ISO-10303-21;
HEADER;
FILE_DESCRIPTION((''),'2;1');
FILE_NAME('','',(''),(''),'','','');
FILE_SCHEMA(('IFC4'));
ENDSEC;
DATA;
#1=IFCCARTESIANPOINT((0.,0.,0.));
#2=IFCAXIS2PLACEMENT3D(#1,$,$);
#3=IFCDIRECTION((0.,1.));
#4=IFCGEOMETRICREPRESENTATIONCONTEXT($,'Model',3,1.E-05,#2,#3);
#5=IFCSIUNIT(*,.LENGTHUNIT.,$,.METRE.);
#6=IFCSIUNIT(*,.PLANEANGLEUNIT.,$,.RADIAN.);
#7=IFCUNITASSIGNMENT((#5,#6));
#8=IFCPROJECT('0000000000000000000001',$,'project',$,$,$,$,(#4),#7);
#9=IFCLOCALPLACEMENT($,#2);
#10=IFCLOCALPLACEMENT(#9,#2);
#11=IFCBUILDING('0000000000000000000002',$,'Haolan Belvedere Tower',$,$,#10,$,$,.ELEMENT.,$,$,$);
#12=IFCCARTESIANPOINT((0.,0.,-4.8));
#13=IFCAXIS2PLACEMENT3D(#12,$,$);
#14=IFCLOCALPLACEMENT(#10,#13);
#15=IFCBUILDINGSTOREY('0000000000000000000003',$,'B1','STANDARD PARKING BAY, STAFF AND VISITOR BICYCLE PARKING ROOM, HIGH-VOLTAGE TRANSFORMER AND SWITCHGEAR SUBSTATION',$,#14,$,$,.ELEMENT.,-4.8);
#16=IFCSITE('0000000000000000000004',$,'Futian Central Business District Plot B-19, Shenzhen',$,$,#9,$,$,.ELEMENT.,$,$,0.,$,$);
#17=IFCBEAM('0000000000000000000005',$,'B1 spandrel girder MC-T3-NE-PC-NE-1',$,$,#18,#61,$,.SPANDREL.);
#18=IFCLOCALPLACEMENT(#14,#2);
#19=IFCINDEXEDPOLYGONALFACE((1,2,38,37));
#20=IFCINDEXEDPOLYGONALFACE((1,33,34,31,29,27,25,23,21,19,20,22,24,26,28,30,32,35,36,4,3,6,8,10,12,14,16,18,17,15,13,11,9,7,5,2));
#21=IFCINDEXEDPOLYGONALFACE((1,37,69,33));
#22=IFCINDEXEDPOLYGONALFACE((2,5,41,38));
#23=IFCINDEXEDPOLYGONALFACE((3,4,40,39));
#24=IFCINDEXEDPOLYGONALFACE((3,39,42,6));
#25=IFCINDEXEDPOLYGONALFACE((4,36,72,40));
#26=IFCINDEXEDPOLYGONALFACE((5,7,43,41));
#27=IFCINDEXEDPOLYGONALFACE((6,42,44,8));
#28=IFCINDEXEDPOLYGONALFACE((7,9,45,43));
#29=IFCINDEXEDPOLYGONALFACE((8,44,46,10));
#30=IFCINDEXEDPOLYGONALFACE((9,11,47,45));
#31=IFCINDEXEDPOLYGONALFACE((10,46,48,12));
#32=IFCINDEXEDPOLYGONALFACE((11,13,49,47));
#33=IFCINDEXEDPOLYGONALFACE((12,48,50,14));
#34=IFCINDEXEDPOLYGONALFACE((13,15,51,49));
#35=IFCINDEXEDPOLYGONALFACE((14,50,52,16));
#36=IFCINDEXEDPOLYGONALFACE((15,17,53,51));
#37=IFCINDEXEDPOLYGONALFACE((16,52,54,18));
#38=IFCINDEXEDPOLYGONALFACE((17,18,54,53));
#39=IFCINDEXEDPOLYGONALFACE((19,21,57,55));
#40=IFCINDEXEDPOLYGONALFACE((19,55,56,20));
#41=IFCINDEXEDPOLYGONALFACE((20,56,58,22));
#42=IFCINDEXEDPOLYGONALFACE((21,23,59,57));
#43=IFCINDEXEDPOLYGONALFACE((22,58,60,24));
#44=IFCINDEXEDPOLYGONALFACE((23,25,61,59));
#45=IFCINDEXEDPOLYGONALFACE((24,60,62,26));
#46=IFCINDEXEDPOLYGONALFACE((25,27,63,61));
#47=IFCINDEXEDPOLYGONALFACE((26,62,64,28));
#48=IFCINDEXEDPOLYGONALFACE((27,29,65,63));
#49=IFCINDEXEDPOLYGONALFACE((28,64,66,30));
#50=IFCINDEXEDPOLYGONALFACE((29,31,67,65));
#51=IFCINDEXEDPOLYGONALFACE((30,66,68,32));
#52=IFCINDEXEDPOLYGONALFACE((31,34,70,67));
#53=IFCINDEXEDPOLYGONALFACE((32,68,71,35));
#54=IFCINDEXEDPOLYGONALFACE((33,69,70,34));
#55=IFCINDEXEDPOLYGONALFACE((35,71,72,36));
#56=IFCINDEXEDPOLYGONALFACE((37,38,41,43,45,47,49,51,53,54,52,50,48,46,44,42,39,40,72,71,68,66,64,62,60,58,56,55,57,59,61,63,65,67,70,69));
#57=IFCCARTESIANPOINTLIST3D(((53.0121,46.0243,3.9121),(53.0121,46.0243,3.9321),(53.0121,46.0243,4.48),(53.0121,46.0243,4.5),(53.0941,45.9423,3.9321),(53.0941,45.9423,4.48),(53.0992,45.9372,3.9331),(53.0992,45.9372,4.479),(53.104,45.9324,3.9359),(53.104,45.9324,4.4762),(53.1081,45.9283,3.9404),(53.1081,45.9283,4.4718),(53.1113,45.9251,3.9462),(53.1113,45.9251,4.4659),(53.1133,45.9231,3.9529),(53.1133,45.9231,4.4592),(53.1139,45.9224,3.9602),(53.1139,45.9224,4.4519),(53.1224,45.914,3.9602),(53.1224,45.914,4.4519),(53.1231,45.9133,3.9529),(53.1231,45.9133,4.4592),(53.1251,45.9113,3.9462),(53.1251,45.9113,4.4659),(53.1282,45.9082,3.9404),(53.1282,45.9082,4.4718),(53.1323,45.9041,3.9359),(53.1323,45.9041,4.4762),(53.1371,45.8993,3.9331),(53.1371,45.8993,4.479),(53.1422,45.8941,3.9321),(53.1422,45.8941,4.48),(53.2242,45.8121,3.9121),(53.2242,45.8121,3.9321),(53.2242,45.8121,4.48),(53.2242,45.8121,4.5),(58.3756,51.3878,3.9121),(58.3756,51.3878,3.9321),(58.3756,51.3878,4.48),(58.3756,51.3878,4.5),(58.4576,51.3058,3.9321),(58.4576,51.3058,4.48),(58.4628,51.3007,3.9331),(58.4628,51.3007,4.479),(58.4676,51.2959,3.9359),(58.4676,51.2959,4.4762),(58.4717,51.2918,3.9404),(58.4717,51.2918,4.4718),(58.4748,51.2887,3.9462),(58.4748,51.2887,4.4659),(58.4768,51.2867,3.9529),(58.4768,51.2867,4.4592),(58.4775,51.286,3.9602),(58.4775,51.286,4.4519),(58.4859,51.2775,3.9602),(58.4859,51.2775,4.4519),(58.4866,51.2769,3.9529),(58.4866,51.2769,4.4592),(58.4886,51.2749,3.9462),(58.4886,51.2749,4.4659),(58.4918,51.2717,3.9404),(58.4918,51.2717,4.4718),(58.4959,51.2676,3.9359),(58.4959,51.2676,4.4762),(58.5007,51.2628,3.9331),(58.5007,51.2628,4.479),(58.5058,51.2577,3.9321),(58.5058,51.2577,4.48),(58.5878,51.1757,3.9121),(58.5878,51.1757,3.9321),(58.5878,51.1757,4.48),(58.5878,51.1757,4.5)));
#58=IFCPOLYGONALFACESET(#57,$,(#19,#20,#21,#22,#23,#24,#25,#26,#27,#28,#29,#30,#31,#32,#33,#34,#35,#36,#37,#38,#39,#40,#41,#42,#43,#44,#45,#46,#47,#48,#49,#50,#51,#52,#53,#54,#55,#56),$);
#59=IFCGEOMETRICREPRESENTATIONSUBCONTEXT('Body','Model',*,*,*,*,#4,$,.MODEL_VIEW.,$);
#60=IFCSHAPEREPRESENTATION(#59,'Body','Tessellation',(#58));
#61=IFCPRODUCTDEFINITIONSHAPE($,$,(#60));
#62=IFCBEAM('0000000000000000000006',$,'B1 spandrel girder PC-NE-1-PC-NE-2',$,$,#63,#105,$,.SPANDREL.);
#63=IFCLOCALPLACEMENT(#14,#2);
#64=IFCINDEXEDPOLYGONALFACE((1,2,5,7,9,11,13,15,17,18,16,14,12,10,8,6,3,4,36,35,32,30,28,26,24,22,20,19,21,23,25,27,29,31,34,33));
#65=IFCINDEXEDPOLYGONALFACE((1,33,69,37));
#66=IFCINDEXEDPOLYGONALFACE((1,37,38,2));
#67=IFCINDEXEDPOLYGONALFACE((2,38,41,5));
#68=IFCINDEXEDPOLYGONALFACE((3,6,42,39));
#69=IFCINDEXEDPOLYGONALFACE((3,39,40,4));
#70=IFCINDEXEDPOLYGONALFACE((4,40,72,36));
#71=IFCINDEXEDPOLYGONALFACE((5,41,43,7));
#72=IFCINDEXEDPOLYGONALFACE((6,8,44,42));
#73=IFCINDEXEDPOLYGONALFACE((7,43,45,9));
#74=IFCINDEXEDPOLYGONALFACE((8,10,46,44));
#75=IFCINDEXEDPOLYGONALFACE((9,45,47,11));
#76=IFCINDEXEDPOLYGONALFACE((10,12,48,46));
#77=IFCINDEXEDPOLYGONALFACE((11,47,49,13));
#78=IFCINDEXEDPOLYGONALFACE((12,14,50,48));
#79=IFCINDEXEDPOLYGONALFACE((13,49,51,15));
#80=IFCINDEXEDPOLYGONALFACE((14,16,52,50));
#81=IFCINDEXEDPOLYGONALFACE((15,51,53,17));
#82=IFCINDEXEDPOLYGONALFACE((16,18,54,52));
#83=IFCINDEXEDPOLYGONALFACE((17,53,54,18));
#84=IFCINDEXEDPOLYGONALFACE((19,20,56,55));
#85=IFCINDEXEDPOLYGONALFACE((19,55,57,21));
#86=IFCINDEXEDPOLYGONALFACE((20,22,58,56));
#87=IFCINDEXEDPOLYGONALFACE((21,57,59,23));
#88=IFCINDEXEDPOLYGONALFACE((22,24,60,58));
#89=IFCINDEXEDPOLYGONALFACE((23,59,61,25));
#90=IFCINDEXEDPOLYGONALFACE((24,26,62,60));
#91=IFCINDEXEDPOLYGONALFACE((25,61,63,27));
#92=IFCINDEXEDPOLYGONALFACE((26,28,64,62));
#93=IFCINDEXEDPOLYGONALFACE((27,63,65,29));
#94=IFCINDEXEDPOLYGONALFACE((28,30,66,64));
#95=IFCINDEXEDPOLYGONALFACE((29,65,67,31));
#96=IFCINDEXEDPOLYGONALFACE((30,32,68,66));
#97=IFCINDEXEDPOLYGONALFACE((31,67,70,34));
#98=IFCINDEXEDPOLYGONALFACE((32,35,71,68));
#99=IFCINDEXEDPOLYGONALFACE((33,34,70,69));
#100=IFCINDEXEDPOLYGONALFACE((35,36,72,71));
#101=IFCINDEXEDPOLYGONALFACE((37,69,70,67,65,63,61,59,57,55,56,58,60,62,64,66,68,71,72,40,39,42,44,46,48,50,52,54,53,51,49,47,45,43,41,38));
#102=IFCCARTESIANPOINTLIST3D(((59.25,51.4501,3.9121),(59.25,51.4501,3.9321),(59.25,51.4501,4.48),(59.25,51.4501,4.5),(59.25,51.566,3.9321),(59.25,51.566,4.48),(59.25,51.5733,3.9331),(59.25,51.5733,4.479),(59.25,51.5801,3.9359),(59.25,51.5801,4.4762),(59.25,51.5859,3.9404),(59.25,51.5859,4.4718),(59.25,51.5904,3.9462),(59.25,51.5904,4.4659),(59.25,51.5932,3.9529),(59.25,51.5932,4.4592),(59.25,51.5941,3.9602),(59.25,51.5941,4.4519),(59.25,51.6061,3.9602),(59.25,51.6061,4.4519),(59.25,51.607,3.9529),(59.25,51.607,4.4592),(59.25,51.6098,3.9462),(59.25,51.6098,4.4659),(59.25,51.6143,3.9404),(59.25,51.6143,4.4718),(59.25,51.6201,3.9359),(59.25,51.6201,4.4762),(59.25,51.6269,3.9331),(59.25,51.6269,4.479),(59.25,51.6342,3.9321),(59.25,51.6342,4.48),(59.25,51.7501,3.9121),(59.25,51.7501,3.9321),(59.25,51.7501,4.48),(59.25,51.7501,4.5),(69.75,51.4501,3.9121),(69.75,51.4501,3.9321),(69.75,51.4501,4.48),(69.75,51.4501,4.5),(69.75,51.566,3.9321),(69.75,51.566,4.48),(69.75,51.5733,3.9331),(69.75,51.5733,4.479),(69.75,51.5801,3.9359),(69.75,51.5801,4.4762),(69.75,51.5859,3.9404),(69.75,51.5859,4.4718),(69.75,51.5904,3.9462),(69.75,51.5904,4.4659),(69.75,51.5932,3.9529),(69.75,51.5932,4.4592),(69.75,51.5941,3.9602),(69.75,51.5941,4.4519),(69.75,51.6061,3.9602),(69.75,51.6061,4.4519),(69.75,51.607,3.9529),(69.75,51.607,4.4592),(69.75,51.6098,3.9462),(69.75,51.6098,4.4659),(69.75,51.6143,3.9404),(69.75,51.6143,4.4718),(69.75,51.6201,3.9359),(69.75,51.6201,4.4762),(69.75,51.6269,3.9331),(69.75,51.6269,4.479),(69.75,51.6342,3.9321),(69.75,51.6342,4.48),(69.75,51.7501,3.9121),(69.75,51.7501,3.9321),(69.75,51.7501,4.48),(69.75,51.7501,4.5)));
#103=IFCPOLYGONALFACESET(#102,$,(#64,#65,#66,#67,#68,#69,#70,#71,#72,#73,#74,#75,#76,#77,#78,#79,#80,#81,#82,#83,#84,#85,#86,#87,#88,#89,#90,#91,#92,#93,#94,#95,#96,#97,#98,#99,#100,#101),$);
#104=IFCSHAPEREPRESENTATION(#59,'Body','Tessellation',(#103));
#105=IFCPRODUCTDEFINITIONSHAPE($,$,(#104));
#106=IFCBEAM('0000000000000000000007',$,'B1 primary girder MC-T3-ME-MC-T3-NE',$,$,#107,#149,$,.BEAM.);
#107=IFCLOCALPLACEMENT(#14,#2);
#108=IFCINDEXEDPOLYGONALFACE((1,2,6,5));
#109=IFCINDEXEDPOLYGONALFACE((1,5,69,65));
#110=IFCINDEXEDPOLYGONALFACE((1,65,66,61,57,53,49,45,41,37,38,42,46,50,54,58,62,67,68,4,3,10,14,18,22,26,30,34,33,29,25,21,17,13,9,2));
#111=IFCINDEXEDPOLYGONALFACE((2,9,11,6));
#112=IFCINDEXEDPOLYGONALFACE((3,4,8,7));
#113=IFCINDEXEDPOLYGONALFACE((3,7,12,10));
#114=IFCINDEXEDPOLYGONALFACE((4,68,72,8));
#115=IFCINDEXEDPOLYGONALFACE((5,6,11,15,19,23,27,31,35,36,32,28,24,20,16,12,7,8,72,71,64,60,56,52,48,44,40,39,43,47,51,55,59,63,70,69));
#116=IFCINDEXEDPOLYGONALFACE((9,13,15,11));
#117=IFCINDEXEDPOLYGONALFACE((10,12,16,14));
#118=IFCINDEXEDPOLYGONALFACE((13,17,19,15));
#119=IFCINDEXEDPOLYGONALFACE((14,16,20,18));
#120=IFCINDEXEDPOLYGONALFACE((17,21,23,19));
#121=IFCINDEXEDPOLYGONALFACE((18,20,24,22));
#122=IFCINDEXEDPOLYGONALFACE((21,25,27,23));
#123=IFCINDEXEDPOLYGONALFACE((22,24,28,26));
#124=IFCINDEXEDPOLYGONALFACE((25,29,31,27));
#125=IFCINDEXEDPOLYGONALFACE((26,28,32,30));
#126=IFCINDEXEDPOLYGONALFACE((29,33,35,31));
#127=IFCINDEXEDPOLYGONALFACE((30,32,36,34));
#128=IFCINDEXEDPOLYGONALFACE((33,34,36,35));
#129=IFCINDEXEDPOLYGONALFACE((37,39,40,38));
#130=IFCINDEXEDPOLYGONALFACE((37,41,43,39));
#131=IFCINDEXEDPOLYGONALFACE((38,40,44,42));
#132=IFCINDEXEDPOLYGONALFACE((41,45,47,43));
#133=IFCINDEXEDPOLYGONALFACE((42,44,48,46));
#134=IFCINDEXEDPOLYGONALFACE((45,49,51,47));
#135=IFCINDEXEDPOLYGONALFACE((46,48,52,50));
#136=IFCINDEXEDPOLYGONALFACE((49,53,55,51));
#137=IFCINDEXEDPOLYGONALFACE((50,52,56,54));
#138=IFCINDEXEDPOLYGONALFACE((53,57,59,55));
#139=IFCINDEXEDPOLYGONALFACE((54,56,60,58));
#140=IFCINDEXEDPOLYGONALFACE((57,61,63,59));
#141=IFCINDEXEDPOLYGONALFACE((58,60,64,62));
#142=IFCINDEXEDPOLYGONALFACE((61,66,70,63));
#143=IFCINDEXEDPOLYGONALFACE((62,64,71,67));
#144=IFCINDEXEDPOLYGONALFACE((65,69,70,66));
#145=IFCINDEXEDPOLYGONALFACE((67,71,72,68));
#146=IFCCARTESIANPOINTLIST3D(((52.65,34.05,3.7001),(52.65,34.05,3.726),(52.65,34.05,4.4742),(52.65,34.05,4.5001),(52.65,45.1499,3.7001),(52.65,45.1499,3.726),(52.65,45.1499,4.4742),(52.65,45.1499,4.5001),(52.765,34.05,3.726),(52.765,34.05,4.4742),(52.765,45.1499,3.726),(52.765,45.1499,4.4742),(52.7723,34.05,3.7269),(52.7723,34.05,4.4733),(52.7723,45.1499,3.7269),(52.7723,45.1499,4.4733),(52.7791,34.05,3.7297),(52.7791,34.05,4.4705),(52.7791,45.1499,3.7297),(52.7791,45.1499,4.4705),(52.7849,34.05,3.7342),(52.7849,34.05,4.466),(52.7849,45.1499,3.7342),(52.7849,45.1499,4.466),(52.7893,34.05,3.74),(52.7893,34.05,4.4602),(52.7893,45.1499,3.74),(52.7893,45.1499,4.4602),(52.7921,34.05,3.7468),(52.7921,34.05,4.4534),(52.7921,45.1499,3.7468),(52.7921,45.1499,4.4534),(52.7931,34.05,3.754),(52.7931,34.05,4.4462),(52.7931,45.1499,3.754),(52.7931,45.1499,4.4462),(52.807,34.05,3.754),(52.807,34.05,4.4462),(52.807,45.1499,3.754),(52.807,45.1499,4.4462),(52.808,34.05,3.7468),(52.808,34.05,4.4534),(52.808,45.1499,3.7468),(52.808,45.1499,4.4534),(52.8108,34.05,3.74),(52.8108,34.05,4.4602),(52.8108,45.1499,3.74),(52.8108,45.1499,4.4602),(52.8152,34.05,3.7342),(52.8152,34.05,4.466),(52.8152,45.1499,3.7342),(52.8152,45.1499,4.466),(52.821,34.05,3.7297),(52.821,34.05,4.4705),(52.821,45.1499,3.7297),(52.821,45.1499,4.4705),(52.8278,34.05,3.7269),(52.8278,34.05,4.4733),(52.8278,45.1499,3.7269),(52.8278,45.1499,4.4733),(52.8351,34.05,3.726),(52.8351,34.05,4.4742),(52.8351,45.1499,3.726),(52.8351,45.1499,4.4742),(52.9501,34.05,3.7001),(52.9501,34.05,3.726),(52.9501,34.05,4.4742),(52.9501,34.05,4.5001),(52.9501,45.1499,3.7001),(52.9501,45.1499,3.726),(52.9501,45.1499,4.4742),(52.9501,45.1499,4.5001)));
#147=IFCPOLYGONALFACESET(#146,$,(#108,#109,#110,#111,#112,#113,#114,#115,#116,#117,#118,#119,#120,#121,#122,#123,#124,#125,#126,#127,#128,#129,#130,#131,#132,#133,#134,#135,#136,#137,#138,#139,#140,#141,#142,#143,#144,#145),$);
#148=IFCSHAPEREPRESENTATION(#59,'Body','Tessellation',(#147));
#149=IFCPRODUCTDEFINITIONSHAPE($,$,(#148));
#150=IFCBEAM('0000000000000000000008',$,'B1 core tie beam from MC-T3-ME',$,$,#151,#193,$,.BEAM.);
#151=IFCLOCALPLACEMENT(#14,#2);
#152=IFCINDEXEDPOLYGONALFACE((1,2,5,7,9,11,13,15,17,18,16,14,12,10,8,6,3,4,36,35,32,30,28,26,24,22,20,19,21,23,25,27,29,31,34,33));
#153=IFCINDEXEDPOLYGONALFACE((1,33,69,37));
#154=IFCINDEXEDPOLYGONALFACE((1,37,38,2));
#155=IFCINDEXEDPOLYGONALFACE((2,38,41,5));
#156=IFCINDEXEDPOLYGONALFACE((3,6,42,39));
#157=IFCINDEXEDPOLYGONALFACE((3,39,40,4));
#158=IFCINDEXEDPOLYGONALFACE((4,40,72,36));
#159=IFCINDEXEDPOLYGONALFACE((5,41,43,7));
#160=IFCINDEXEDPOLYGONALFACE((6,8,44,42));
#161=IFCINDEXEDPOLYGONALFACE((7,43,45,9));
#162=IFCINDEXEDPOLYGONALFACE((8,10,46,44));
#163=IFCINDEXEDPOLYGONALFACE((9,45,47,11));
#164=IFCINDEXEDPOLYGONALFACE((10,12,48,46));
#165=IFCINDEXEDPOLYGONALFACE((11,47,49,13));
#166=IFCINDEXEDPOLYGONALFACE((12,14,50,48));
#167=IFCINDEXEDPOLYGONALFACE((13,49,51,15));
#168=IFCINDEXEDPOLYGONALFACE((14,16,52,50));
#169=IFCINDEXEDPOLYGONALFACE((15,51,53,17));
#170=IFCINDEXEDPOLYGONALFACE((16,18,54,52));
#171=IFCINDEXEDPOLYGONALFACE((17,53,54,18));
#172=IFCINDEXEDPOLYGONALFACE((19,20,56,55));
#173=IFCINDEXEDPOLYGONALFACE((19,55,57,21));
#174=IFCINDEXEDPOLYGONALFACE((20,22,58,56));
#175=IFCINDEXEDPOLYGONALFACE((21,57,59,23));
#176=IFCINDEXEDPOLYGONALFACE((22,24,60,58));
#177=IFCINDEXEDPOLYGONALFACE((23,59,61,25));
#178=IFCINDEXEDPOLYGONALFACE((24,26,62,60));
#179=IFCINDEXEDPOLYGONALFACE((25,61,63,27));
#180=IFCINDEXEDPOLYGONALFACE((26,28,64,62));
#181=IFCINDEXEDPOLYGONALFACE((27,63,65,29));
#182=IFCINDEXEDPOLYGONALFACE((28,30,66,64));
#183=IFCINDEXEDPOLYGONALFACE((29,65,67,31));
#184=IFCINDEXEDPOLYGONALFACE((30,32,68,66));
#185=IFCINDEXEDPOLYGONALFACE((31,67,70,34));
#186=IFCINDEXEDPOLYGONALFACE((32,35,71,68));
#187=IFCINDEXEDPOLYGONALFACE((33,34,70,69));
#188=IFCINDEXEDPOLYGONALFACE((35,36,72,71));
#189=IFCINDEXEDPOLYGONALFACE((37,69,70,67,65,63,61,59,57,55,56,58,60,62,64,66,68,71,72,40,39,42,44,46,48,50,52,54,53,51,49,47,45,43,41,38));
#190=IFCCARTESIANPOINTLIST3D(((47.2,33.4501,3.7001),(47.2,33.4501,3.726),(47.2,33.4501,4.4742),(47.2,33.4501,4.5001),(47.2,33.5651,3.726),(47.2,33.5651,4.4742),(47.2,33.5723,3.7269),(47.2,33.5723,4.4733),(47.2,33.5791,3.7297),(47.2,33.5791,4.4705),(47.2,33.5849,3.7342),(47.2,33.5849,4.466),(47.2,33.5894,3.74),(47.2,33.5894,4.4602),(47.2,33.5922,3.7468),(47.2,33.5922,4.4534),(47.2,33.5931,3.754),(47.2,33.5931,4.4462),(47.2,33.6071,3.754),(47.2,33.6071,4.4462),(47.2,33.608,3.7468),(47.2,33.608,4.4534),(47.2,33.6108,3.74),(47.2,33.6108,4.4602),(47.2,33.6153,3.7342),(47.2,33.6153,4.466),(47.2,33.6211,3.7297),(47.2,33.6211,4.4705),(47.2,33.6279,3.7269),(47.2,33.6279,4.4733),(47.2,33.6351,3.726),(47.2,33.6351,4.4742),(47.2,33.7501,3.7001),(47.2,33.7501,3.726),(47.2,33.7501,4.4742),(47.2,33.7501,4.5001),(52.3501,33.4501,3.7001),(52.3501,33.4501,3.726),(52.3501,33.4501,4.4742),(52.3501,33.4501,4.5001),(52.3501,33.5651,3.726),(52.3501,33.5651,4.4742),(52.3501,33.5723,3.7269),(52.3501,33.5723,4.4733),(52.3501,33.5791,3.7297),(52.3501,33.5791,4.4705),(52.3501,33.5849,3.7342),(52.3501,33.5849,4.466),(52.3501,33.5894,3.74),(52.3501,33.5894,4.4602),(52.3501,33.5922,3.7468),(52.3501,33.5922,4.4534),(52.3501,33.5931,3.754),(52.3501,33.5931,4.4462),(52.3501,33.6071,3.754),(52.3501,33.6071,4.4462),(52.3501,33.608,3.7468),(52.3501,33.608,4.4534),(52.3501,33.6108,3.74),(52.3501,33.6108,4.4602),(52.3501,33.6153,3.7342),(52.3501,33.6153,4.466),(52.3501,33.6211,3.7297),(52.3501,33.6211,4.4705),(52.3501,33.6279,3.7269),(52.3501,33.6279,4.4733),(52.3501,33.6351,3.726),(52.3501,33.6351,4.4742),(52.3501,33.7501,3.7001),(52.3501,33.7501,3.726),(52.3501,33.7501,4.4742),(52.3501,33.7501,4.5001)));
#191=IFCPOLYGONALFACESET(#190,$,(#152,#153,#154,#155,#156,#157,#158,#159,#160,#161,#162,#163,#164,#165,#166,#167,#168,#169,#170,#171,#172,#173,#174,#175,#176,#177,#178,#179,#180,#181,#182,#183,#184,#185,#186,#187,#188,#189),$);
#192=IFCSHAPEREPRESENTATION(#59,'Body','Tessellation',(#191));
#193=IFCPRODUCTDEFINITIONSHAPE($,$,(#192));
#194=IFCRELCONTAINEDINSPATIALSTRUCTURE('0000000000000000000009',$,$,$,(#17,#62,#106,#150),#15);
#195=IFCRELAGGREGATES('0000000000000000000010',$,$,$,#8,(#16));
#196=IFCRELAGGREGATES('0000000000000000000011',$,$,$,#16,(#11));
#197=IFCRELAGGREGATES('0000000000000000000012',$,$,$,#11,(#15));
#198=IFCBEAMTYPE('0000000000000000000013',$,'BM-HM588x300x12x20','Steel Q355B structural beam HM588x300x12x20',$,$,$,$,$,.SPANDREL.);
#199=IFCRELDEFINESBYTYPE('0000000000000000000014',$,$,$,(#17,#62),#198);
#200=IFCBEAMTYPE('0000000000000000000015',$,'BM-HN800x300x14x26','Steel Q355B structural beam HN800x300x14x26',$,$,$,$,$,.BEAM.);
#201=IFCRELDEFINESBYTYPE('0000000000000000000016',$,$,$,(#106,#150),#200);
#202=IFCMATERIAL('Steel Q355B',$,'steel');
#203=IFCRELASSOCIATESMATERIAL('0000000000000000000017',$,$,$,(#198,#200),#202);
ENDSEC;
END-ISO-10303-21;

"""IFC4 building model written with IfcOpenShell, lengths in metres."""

from ifc_helpers import new_model, si_unit, direction, frame, origin, origin_2d, place, context, subcontext, project, spatial, i_section, extrude, material, material_profile, profile_set, type_object, element, save


model = new_model("IFC4")

# Units and contexts
model_context = context("Model", 3, precision=1e-05, world=origin(), true_north=direction((0.0, 1.0)))
body_context = subcontext(model_context, "Body", "Model", "MODEL_VIEW")
ifc_project = project(units=[si_unit("LENGTHUNIT", "METRE"), si_unit("PLANEANGLEUNIT", "RADIAN")], contexts=[model_context])

# Site, building, storey
site_placement = place(None, origin())
site = spatial("IfcSite", under=ifc_project, at=site_placement, Name="Futian Central Business District Plot B-19, Shenzhen", CompositionType="ELEMENT", RefElevation=0.0)
building_placement = place(site_placement, origin())
building = spatial("IfcBuilding", under=site, at=building_placement, Name="Haolan Belvedere Tower", CompositionType="ELEMENT")
storey_placement = place(building_placement, frame((0.0, 0.0, -4.8)))
storey = spatial("IfcBuildingStorey", under=building, at=storey_placement, Name="B1", Description="STANDARD PARKING BAY, STAFF AND VISITOR BICYCLE PARKING ROOM, HIGH-VOLTAGE TRANSFORMER AND SWITCHGEAR SUBSTATION", CompositionType="ELEMENT", Elevation=-4.8)

# Shared definitions
ifc_material_1 = material(Name="Steel Q355B", Category="steel")

# Beams
ifc_material_profile_1 = material_profile(ifc_material_1, i_section(OverallWidth=0.3, OverallDepth=0.5879, WebThickness=0.012, FlangeThickness=0.02, FilletRadius=0.0281, at=origin_2d()), Name="Steel Q355B")
ifc_profile_set_1 = profile_set([ifc_material_profile_1], Name="Steel Q355B")
beam_type_1 = type_object("IfcBeamType", Name="BM-HM588x300x12x20", Description="Steel Q355B structural beam HM588x300x12x20", PredefinedType="SPANDREL", material=ifc_profile_set_1)
beam_1_placement = place(storey_placement, frame((53.1182, 45.9182, 4.2061), z_axis=(0.707107, 0.707107, 0.0), x_axis=(-0.707107, 0.707107, 0.0)))
element("IfcBeam", 1, at=beam_1_placement, inside=storey, type_object=beam_type_1, Name="B1 spandrel girder MC-T3-NE-PC-NE-1", PredefinedType="SPANDREL", context=body_context, shape_type="SweptSolid", body=[
    extrude(i_section(OverallWidth=0.3, OverallDepth=0.5879, WebThickness=0.012, FlangeThickness=0.02, FilletRadius=0.0281, at=origin_2d()), origin(), (0.0, 0.0, 1.0), 7.5852),
])
beam_2_placement = place(storey_placement, frame((59.25, 51.6001, 4.2061), z_axis=(1.0, 0.0, 0.0), x_axis=(0.0, 1.0, 0.0)))
element("IfcBeam", 2, at=beam_2_placement, inside=storey, type_object=beam_type_1, Name="B1 spandrel girder PC-NE-1-PC-NE-2", PredefinedType="SPANDREL", context=body_context, shape_type="SweptSolid", body=[
    extrude(i_section(OverallWidth=0.3, OverallDepth=0.5879, WebThickness=0.012, FlangeThickness=0.02, FilletRadius=0.0281, at=origin_2d()), origin(), (0.0, 0.0, 1.0), 10.5),
])
ifc_material_profile_2 = material_profile(ifc_material_1, i_section(OverallWidth=0.3, OverallDepth=0.8, WebThickness=0.0139, FlangeThickness=0.0259, FilletRadius=0.0281, at=origin_2d()), Name="Steel Q355B")
ifc_profile_set_2 = profile_set([ifc_material_profile_2], Name="Steel Q355B")
beam_type_2 = type_object("IfcBeamType", Name="BM-HN800x300x14x26", Description="Steel Q355B structural beam HN800x300x14x26", PredefinedType="BEAM", material=ifc_profile_set_2)
beam_3_placement = place(storey_placement, frame((52.8, 34.05, 4.1001), z_axis=(0.0, 1.0, 0.0), x_axis=(-1.0, 0.0, 0.0)))
element("IfcBeam", 3, at=beam_3_placement, inside=storey, type_object=beam_type_2, Name="B1 primary girder MC-T3-ME-MC-T3-NE", PredefinedType="BEAM", context=body_context, shape_type="SweptSolid", body=[
    extrude(i_section(OverallWidth=0.3, OverallDepth=0.8, WebThickness=0.0139, FlangeThickness=0.0259, FilletRadius=0.0281, at=origin_2d()), origin(), (0.0, 0.0, 1.0), 11.0999),
])
beam_4_placement = place(storey_placement, frame((52.3501, 33.6001, 4.1001), z_axis=(-1.0, 0.0, 0.0), x_axis=(0.0, -1.0, 0.0)))
element("IfcBeam", 4, at=beam_4_placement, inside=storey, type_object=beam_type_2, Name="B1 core tie beam from MC-T3-ME", PredefinedType="BEAM", context=body_context, shape_type="SweptSolid", body=[
    extrude(i_section(OverallWidth=0.3, OverallDepth=0.8, WebThickness=0.0139, FlangeThickness=0.0259, FilletRadius=0.0281, at=origin_2d()), origin(), (0.0, 0.0, 1.0), 5.1501),
])

save(model, "model.ifc")
